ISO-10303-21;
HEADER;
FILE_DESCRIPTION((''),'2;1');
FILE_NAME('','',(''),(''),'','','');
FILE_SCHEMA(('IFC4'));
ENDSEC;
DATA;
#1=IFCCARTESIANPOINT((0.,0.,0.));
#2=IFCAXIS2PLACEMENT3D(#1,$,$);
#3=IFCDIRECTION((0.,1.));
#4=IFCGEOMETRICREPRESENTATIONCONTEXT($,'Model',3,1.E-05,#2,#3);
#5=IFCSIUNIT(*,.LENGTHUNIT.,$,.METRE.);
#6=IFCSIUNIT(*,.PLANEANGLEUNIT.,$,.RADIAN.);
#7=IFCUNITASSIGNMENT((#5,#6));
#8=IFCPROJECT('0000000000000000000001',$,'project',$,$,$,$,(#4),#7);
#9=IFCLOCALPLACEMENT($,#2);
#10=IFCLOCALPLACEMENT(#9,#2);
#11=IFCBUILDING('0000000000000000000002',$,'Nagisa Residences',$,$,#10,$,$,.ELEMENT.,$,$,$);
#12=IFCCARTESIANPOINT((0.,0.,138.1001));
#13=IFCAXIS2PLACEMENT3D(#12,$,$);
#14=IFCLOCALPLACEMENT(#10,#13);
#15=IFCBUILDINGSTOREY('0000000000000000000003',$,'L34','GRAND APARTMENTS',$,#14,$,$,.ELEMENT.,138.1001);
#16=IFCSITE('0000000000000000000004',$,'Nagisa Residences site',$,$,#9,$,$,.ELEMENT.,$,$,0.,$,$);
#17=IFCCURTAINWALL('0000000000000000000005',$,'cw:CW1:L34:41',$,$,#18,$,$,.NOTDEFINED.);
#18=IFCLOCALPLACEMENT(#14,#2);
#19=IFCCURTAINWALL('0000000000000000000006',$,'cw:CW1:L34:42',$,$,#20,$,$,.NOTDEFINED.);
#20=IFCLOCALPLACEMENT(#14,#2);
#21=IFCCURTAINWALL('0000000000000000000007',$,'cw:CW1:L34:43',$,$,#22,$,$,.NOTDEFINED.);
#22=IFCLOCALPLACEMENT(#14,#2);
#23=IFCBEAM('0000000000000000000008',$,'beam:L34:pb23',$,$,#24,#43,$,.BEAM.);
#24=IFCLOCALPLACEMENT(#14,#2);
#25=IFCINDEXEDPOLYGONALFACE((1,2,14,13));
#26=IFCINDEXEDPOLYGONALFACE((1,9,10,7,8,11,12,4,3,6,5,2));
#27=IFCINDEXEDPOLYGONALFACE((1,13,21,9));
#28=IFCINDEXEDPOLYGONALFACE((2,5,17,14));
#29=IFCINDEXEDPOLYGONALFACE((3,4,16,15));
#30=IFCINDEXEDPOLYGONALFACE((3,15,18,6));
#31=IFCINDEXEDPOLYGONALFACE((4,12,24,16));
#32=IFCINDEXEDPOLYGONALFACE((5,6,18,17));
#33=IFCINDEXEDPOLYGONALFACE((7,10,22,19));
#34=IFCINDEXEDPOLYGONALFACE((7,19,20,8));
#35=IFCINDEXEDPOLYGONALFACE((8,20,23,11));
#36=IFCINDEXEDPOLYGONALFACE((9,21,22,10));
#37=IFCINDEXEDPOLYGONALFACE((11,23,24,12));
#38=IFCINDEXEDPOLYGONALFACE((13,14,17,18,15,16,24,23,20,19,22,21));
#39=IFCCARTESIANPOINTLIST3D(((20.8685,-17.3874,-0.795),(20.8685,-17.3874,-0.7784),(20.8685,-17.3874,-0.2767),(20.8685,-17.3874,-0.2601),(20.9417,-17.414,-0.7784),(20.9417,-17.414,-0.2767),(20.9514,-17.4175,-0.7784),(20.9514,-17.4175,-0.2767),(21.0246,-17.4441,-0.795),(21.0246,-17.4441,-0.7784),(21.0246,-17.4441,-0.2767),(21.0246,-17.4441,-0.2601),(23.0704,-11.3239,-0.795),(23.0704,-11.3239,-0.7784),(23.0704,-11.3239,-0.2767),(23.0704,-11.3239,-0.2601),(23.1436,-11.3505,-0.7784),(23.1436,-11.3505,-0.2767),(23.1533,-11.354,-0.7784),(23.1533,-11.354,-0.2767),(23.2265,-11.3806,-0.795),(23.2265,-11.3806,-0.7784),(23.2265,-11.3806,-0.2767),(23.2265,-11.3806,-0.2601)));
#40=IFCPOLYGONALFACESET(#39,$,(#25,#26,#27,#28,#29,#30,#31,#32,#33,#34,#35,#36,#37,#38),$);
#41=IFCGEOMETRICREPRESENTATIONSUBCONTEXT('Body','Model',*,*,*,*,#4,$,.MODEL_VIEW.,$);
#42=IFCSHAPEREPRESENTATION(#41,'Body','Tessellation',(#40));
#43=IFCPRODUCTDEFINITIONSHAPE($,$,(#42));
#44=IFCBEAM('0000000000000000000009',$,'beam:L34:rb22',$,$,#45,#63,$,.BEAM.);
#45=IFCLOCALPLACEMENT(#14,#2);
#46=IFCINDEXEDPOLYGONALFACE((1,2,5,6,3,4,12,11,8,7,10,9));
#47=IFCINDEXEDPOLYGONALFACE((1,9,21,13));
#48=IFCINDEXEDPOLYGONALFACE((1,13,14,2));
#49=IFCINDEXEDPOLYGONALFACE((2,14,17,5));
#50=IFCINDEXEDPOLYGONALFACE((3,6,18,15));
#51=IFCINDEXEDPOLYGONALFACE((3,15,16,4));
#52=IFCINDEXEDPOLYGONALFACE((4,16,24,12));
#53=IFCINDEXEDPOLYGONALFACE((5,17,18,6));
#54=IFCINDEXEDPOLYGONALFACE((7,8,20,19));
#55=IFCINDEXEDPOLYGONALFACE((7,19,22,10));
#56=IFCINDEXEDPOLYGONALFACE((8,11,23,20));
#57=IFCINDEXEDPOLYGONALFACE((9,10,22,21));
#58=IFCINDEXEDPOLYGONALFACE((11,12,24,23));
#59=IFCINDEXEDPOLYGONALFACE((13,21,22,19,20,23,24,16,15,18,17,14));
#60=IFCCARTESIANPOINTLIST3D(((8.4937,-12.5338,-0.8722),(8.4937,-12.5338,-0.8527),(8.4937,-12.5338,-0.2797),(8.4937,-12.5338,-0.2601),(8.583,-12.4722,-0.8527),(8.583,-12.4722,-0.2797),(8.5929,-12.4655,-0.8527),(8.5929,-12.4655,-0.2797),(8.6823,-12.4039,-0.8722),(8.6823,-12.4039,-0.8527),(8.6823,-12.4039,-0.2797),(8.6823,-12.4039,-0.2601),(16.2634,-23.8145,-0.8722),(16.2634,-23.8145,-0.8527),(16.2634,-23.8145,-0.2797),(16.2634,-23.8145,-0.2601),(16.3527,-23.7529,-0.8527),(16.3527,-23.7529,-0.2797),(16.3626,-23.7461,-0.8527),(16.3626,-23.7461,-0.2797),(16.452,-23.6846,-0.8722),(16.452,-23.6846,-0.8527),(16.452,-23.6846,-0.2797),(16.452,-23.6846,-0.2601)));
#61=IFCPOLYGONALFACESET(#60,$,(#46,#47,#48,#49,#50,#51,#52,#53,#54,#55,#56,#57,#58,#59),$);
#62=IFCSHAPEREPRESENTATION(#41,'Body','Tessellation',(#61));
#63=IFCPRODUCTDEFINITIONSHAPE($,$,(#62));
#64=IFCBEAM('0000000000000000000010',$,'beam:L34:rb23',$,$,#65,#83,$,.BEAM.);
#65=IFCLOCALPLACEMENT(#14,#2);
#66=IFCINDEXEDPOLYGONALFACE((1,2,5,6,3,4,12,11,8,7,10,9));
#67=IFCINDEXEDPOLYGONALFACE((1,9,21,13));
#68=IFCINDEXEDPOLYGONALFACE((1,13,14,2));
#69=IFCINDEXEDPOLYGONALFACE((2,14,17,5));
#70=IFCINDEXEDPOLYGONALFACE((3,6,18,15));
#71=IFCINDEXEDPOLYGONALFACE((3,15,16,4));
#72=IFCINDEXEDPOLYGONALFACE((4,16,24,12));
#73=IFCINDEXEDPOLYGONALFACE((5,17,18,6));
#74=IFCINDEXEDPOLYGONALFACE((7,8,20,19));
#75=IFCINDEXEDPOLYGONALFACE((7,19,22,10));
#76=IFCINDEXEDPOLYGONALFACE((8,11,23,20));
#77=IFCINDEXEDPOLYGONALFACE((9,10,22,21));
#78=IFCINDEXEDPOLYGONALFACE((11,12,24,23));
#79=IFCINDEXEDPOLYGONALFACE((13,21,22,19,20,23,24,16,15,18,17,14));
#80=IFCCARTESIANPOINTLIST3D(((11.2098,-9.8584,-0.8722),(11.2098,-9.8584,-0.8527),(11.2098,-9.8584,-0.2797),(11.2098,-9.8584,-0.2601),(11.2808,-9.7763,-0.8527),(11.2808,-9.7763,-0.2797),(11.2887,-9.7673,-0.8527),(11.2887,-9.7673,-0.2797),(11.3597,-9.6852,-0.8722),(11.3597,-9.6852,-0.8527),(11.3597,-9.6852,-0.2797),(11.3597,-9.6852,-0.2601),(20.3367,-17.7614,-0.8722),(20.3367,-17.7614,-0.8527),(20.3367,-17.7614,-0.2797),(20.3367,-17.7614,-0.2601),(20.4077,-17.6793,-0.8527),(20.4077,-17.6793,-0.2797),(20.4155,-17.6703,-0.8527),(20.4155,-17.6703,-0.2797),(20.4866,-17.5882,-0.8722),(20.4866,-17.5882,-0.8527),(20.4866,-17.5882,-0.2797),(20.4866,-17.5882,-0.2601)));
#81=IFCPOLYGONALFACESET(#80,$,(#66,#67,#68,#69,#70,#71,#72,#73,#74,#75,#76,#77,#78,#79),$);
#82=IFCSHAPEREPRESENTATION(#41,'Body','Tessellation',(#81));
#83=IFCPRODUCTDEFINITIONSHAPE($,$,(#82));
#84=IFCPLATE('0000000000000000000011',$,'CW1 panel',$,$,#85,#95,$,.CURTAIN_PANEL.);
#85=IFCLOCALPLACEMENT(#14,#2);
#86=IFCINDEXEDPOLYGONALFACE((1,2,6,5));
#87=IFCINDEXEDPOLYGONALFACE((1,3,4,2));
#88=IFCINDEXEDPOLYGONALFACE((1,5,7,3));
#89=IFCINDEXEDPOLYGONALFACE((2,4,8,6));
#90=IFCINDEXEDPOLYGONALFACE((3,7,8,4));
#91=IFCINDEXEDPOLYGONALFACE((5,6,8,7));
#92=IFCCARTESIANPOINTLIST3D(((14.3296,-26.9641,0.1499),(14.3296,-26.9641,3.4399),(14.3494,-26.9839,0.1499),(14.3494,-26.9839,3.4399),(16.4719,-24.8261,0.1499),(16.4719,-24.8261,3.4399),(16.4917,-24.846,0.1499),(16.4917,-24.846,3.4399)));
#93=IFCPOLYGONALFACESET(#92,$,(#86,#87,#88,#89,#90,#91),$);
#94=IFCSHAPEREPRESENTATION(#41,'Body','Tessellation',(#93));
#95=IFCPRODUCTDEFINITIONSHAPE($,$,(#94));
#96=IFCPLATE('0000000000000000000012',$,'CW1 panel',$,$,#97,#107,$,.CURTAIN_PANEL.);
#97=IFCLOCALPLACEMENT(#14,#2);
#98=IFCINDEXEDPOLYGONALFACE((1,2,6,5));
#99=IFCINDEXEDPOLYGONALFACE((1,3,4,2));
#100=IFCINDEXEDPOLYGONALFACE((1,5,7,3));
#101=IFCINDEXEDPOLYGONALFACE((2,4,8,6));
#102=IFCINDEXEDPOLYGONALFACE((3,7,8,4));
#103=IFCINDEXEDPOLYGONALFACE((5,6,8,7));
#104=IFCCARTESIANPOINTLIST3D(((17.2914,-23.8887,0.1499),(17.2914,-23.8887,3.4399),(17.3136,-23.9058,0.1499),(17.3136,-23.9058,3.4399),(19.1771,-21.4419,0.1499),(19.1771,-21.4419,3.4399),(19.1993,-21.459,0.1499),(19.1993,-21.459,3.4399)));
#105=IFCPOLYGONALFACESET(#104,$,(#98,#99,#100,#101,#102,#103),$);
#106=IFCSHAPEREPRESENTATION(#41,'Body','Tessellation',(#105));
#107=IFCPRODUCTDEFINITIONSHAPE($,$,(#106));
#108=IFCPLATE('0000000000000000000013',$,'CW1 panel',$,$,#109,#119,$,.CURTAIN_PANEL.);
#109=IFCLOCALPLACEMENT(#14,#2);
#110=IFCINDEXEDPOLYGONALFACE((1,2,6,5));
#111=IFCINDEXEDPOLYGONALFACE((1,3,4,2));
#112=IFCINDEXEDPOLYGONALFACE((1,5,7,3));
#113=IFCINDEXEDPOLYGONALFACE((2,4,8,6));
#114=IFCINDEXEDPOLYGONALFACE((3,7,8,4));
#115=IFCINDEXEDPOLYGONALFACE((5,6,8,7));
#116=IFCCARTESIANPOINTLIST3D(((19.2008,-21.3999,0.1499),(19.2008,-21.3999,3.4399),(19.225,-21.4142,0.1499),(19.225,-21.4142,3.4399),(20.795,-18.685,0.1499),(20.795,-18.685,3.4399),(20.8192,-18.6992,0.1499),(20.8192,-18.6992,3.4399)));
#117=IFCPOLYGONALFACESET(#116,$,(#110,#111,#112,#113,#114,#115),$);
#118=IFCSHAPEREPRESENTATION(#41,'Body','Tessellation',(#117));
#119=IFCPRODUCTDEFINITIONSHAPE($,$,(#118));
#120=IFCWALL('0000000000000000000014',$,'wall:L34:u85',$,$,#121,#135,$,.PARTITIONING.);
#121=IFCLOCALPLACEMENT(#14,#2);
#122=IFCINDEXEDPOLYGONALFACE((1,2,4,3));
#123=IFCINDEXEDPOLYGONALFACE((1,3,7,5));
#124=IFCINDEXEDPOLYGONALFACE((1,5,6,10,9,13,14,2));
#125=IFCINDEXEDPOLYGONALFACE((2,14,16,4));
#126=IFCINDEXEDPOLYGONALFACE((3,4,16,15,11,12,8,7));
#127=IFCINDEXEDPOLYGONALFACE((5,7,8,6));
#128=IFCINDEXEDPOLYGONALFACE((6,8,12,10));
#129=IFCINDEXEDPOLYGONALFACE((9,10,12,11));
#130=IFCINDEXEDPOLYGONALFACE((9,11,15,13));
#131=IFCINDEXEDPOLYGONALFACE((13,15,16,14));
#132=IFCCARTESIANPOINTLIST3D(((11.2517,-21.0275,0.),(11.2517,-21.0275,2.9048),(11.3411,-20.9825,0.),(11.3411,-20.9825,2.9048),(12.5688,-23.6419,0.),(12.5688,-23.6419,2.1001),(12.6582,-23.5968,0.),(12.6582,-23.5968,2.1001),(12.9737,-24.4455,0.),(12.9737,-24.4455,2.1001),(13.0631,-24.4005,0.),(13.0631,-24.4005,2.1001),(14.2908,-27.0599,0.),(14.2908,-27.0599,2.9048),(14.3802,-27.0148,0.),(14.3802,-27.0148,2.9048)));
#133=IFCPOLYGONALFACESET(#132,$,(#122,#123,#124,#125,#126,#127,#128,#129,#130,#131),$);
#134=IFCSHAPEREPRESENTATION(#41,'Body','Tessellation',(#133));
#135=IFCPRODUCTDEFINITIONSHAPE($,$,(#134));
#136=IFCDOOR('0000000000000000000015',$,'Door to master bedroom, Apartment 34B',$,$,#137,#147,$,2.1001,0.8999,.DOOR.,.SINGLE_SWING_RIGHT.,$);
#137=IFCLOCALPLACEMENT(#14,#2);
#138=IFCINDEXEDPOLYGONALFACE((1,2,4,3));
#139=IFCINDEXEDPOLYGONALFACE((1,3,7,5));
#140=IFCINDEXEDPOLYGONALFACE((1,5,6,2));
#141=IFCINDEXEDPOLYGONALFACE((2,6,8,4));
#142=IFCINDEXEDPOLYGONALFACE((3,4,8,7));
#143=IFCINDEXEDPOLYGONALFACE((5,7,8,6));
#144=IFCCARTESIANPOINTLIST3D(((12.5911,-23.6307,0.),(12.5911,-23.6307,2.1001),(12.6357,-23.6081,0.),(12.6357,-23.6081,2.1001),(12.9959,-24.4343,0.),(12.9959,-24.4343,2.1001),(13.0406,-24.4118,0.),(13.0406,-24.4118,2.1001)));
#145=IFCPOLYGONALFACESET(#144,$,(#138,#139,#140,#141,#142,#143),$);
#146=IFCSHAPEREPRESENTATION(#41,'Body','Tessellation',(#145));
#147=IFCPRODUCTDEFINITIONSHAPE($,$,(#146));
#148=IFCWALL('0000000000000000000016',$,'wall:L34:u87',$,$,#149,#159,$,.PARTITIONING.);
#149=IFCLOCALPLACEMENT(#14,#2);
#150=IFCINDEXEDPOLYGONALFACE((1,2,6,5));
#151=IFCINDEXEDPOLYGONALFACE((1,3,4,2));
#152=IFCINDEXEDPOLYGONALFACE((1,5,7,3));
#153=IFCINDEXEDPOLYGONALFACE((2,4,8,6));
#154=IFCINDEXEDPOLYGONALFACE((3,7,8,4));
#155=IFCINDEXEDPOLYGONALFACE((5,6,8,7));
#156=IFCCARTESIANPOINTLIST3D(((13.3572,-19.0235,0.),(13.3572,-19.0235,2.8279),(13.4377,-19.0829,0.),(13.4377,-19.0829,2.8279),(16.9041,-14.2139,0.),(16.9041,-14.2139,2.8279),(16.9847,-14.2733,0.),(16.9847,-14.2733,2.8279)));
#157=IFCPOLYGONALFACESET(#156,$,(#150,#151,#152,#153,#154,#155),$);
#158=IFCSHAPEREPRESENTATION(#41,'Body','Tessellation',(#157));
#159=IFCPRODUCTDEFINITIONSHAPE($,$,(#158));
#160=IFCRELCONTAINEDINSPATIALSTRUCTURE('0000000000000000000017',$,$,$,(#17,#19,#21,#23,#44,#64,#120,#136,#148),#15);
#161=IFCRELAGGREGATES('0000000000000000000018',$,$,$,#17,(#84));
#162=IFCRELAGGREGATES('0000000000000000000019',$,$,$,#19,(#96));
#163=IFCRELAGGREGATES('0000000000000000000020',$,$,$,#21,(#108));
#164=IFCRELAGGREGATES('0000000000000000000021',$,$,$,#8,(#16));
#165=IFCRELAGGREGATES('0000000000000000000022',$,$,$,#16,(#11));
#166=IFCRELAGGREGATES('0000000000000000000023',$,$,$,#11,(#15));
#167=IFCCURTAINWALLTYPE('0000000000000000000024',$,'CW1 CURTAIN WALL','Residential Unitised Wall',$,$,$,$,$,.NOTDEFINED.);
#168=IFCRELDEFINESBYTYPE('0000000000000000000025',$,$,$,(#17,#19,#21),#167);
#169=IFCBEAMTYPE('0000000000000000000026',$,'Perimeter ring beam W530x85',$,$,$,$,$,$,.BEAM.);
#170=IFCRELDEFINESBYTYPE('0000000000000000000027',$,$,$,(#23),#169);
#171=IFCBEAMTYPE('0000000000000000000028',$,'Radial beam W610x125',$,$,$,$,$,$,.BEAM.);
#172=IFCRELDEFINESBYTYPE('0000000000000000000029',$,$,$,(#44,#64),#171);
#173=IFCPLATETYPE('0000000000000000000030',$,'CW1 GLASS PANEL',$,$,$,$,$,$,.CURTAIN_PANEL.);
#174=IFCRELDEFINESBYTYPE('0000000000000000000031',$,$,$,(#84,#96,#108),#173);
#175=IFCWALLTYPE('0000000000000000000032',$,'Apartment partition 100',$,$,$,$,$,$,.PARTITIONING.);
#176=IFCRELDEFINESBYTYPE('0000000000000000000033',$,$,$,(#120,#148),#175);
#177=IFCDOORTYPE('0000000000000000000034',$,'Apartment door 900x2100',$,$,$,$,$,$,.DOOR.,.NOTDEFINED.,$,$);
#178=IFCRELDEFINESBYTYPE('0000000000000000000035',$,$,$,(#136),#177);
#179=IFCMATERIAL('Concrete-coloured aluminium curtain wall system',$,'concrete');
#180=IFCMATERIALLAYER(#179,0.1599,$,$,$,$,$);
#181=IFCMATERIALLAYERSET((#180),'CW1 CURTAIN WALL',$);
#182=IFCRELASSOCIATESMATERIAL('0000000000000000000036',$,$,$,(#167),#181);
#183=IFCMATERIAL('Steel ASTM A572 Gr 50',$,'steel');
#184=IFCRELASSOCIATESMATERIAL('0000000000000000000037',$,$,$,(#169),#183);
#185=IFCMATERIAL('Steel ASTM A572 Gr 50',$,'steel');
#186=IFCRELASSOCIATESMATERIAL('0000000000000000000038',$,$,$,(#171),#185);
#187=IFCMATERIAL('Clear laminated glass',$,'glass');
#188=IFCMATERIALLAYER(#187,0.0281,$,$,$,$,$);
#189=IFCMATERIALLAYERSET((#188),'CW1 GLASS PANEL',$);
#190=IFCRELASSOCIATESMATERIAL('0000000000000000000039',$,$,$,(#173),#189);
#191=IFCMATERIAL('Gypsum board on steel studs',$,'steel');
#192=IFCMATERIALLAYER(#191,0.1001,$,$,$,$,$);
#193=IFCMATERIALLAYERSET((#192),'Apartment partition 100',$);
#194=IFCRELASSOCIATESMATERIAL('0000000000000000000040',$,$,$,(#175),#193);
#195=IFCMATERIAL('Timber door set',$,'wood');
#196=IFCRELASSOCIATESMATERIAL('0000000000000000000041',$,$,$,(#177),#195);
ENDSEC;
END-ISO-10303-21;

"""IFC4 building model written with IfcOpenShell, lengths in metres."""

from ifc_helpers import new_model, si_unit, direction, frame, frame_2d, origin, origin_2d, place, context, subcontext, project, spatial, rectangle, i_section, extrude, material, layer, layer_set, material_profile, profile_set, type_object, element, fill, aggregate, save


model = new_model("IFC4")

# Units and contexts
model_context = context("Model", 3, precision=1e-05, world=origin(), true_north=direction((0.0, 1.0)))
body_context = subcontext(model_context, "Body", "Model", "MODEL_VIEW")
ifc_project = project(units=[si_unit("LENGTHUNIT", "METRE"), si_unit("PLANEANGLEUNIT", "RADIAN")], contexts=[model_context])

# Site, building, storey
site_placement = place(None, origin())
site = spatial("IfcSite", under=ifc_project, at=site_placement, Name="Nagisa Residences site", CompositionType="ELEMENT", RefElevation=0.0)
building_placement = place(site_placement, origin())
building = spatial("IfcBuilding", under=site, at=building_placement, Name="Nagisa Residences", CompositionType="ELEMENT")
storey_placement = place(building_placement, frame((0.0, 0.0, 138.1001)))
storey = spatial("IfcBuildingStorey", under=building, at=storey_placement, Name="L34", Description="GRAND APARTMENTS", CompositionType="ELEMENT", Elevation=138.1001)

# Curtain walls
ifc_material_1 = material(Name="Concrete-coloured aluminium curtain wall system", Category="concrete")
ifc_layer_1 = layer(ifc_material_1, 0.1599)
ifc_layer_set_1 = layer_set([ifc_layer_1], Name="CW1 CURTAIN WALL")
curtain_wall_type = type_object("IfcCurtainWallType", Name="CW1 CURTAIN WALL", Description="Residential Unitised Wall", PredefinedType="NOTDEFINED", material=ifc_layer_set_1)
curtain_wall_1_placement = place(storey_placement, origin())
curtain_wall_1 = element("IfcCurtainWall", 1, at=curtain_wall_1_placement, inside=storey, type_object=curtain_wall_type, Name="cw:CW1:L34:41", PredefinedType="NOTDEFINED")
curtain_wall_2_placement = place(storey_placement, origin())
curtain_wall_2 = element("IfcCurtainWall", 2, at=curtain_wall_2_placement, inside=storey, type_object=curtain_wall_type, Name="cw:CW1:L34:42", PredefinedType="NOTDEFINED")
curtain_wall_3_placement = place(storey_placement, origin())
curtain_wall_3 = element("IfcCurtainWall", 3, at=curtain_wall_3_placement, inside=storey, type_object=curtain_wall_type, Name="cw:CW1:L34:43", PredefinedType="NOTDEFINED")

# Beams
ifc_material_2 = material(Name="Steel ASTM A572 Gr 50", Category="steel")
ifc_material_profile_1 = material_profile(ifc_material_2, i_section(OverallWidth=0.166, OverallDepth=0.5349, WebThickness=0.0103, FlangeThickness=0.0166, at=origin_2d()), Name="W530x85")
ifc_profile_set_1 = profile_set([ifc_material_profile_1], Name="Steel ASTM A572 Gr 50")
beam_type_1 = type_object("IfcBeamType", Name="Perimeter ring beam W530x85", PredefinedType="BEAM", material=ifc_profile_set_1)
beam_1_placement = place(storey_placement, frame((20.9465, -17.4158, -0.5276), z_axis=(0.341333, 0.939943, 0.0), x_axis=(-0.939943, 0.341333, 0.0)))
element("IfcBeam", 4, at=beam_1_placement, inside=storey, type_object=beam_type_1, Name="beam:L34:pb23", PredefinedType="BEAM", context=body_context, shape_type="SweptSolid", body=[
    extrude(i_section(OverallWidth=0.166, OverallDepth=0.5349, WebThickness=0.0103, FlangeThickness=0.0166, at=origin_2d()), origin(), (0.0, 0.0, 1.0), 6.4509),
])
ifc_material_3 = material(Name="Steel ASTM A572 Gr 50", Category="steel")
ifc_material_profile_2 = material_profile(ifc_material_3, i_section(OverallWidth=0.229, OverallDepth=0.6121, WebThickness=0.012, FlangeThickness=0.0195, at=origin_2d()), Name="W610x125")
ifc_profile_set_2 = profile_set([ifc_material_profile_2], Name="Steel ASTM A572 Gr 50")
beam_type_2 = type_object("IfcBeamType", Name="Radial beam W610x125", PredefinedType="BEAM", material=ifc_profile_set_2)
beam_2_placement = place(storey_placement, frame((16.3577, -23.7495, -0.5662), z_axis=(-0.567235, 0.823556, 0.0), x_axis=(-0.823556, -0.567235, 0.0)))
element("IfcBeam", 5, at=beam_2_placement, inside=storey, type_object=beam_type_2, Name="beam:L34:rb22", PredefinedType="BEAM", context=body_context, shape_type="SweptSolid", body=[
    extrude(i_section(OverallWidth=0.229, OverallDepth=0.6121, WebThickness=0.012, FlangeThickness=0.0195, at=origin_2d()), origin(), (0.0, 0.0, 1.0), 13.6975),
])
beam_3_placement = place(storey_placement, frame((20.4116, -17.6748, -0.5662), z_axis=(-0.755974, 0.654602, 0.0), x_axis=(-0.654602, -0.755974, 0.0)))
element("IfcBeam", 6, at=beam_3_placement, inside=storey, type_object=beam_type_2, Name="beam:L34:rb23", PredefinedType="BEAM", context=body_context, shape_type="SweptSolid", body=[
    extrude(i_section(OverallWidth=0.229, OverallDepth=0.6121, WebThickness=0.012, FlangeThickness=0.0195, at=origin_2d()), origin(), (0.0, 0.0, 1.0), 12.073),
])

# Plates
ifc_material_4 = material(Name="Clear laminated glass", Category="glass")
ifc_layer_2 = layer(ifc_material_4, 0.0281)
ifc_layer_set_2 = layer_set([ifc_layer_2], Name="CW1 GLASS PANEL")
plate_type = type_object("IfcPlateType", Name="CW1 GLASS PANEL", PredefinedType="CURTAIN_PANEL", material=ifc_layer_set_2)
plate_1_placement = place(storey_placement, frame((15.4106, -25.905, 0.1499), z_axis=(0.0, 0.0, 1.0), x_axis=(0.707836, 0.706377, 0.0)))
plate_1 = element("IfcPlate", 7, at=plate_1_placement, type_object=plate_type, Name="CW1 panel", PredefinedType="CURTAIN_PANEL", context=body_context, shape_type="SweptSolid", body=[
    extrude(rectangle(XDim=3.0266, YDim=0.0281, at=origin_2d()), origin(), (0.0, 0.0, 1.0), 3.29),
])
aggregate(curtain_wall_1, [plate_1])
plate_2_placement = place(storey_placement, frame((18.2454, -22.6738, 0.1499), z_axis=(0.0, 0.0, 1.0), x_axis=(0.61043, 0.79207, 0.0)))
plate_2 = element("IfcPlate", 8, at=plate_2_placement, type_object=plate_type, Name="CW1 panel", PredefinedType="CURTAIN_PANEL", context=body_context, shape_type="SweptSolid", body=[
    extrude(rectangle(XDim=3.0891, YDim=0.0281, at=origin_2d()), origin(), (0.0, 0.0, 1.0), 3.29),
])
aggregate(curtain_wall_2, [plate_2])
plate_3_placement = place(storey_placement, frame((20.01, -20.0496, 0.1499), z_axis=(0.0, 0.0, 1.0), x_axis=(0.506349, 0.862329, 0.0)))
plate_3 = element("IfcPlate", 9, at=plate_3_placement, type_object=plate_type, Name="CW1 panel", PredefinedType="CURTAIN_PANEL", context=body_context, shape_type="SweptSolid", body=[
    extrude(rectangle(XDim=3.1484, YDim=0.0281, at=origin_2d()), origin(), (0.0, 0.0, 1.0), 3.29),
])
aggregate(curtain_wall_3, [plate_3])

# Wall, opening, door
ifc_material_5 = material(Name="Gypsum board on steel studs", Category="steel")
ifc_layer_3 = layer(ifc_material_5, 0.1001)
ifc_layer_set_3 = layer_set([ifc_layer_3], Name="Apartment partition 100")
wall_type_1 = type_object("IfcWallType", Name="Apartment partition 100", PredefinedType="PARTITIONING", material=ifc_layer_set_3)
wall_1_placement = place(storey_placement, frame((11.2964, -21.0049, 0.0), z_axis=(0.0, 0.0, 1.0), x_axis=(0.449915, -0.893071, 0.0)))
wall_1 = element("IfcWall", 10, at=wall_1_placement, inside=storey, type_object=wall_type_1, Name="wall:L34:u85", PredefinedType="PARTITIONING", context=body_context, shape_type="SweptSolid", body=[
    extrude(rectangle(XDim=6.7546, YDim=0.1001, at=frame_2d((3.3774, 0.0))), origin(), (0.0, 0.0, 1.0), 2.9048),
])
opening_1_placement = place(wall_1_placement, frame((2.9275, 0.0, 0.0)))
opening_1 = element("IfcOpeningElement", 11, at=opening_1_placement, cuts=wall_1, PredefinedType="OPENING", context=body_context, shape_type="SweptSolid", body=[
    extrude(rectangle(XDim=0.8999, YDim=2.1001, at=frame_2d((0.45, 1.05))), frame((0.0, 0.0601, 0.0), z_axis=(0.0, -1.0, 0.0), x_axis=(1.0, 0.0, 0.0)), (0.0, 0.0, 1.0), 0.1201),
])
ifc_material_6 = material(Name="Timber door set", Category="wood")
door_type_1 = type_object("IfcDoorType", Name="Apartment door 900x2100", OperationType="NOTDEFINED", PredefinedType="DOOR", material=ifc_material_6)
door_1_placement = place(opening_1_placement, origin())
door_1 = element("IfcDoor", 12, at=door_1_placement, inside=storey, type_object=door_type_1, Name="Door to master bedroom, Apartment 34B", OperationType="SINGLE_SWING_RIGHT", OverallHeight=2.1001, OverallWidth=0.8999, PredefinedType="DOOR", context=body_context, shape_type="SweptSolid", body=[
    extrude(rectangle(XDim=0.8999, YDim=2.1001, at=frame_2d((0.45, 1.05))), frame((0.0, 0.0249, 0.0), z_axis=(0.0, -1.0, 0.0), x_axis=(1.0, 0.0, 0.0)), (0.0, 0.0, 1.0), 0.05),
])
fill(opening_1, door_1)

# Wall
wall_2_placement = place(storey_placement, frame((13.3975, -19.0532, 0.0), z_axis=(0.0, 0.0, 1.0), x_axis=(0.593522, 0.804818, 0.0)))
element("IfcWall", 13, at=wall_2_placement, inside=storey, type_object=wall_type_1, Name="wall:L34:u87", PredefinedType="PARTITIONING", context=body_context, shape_type="SweptSolid", body=[
    extrude(rectangle(XDim=5.9761, YDim=0.1001, at=frame_2d((2.988, 0.0))), origin(), (0.0, 0.0, 1.0), 2.8279),
])

save(model, "model.ifc")
